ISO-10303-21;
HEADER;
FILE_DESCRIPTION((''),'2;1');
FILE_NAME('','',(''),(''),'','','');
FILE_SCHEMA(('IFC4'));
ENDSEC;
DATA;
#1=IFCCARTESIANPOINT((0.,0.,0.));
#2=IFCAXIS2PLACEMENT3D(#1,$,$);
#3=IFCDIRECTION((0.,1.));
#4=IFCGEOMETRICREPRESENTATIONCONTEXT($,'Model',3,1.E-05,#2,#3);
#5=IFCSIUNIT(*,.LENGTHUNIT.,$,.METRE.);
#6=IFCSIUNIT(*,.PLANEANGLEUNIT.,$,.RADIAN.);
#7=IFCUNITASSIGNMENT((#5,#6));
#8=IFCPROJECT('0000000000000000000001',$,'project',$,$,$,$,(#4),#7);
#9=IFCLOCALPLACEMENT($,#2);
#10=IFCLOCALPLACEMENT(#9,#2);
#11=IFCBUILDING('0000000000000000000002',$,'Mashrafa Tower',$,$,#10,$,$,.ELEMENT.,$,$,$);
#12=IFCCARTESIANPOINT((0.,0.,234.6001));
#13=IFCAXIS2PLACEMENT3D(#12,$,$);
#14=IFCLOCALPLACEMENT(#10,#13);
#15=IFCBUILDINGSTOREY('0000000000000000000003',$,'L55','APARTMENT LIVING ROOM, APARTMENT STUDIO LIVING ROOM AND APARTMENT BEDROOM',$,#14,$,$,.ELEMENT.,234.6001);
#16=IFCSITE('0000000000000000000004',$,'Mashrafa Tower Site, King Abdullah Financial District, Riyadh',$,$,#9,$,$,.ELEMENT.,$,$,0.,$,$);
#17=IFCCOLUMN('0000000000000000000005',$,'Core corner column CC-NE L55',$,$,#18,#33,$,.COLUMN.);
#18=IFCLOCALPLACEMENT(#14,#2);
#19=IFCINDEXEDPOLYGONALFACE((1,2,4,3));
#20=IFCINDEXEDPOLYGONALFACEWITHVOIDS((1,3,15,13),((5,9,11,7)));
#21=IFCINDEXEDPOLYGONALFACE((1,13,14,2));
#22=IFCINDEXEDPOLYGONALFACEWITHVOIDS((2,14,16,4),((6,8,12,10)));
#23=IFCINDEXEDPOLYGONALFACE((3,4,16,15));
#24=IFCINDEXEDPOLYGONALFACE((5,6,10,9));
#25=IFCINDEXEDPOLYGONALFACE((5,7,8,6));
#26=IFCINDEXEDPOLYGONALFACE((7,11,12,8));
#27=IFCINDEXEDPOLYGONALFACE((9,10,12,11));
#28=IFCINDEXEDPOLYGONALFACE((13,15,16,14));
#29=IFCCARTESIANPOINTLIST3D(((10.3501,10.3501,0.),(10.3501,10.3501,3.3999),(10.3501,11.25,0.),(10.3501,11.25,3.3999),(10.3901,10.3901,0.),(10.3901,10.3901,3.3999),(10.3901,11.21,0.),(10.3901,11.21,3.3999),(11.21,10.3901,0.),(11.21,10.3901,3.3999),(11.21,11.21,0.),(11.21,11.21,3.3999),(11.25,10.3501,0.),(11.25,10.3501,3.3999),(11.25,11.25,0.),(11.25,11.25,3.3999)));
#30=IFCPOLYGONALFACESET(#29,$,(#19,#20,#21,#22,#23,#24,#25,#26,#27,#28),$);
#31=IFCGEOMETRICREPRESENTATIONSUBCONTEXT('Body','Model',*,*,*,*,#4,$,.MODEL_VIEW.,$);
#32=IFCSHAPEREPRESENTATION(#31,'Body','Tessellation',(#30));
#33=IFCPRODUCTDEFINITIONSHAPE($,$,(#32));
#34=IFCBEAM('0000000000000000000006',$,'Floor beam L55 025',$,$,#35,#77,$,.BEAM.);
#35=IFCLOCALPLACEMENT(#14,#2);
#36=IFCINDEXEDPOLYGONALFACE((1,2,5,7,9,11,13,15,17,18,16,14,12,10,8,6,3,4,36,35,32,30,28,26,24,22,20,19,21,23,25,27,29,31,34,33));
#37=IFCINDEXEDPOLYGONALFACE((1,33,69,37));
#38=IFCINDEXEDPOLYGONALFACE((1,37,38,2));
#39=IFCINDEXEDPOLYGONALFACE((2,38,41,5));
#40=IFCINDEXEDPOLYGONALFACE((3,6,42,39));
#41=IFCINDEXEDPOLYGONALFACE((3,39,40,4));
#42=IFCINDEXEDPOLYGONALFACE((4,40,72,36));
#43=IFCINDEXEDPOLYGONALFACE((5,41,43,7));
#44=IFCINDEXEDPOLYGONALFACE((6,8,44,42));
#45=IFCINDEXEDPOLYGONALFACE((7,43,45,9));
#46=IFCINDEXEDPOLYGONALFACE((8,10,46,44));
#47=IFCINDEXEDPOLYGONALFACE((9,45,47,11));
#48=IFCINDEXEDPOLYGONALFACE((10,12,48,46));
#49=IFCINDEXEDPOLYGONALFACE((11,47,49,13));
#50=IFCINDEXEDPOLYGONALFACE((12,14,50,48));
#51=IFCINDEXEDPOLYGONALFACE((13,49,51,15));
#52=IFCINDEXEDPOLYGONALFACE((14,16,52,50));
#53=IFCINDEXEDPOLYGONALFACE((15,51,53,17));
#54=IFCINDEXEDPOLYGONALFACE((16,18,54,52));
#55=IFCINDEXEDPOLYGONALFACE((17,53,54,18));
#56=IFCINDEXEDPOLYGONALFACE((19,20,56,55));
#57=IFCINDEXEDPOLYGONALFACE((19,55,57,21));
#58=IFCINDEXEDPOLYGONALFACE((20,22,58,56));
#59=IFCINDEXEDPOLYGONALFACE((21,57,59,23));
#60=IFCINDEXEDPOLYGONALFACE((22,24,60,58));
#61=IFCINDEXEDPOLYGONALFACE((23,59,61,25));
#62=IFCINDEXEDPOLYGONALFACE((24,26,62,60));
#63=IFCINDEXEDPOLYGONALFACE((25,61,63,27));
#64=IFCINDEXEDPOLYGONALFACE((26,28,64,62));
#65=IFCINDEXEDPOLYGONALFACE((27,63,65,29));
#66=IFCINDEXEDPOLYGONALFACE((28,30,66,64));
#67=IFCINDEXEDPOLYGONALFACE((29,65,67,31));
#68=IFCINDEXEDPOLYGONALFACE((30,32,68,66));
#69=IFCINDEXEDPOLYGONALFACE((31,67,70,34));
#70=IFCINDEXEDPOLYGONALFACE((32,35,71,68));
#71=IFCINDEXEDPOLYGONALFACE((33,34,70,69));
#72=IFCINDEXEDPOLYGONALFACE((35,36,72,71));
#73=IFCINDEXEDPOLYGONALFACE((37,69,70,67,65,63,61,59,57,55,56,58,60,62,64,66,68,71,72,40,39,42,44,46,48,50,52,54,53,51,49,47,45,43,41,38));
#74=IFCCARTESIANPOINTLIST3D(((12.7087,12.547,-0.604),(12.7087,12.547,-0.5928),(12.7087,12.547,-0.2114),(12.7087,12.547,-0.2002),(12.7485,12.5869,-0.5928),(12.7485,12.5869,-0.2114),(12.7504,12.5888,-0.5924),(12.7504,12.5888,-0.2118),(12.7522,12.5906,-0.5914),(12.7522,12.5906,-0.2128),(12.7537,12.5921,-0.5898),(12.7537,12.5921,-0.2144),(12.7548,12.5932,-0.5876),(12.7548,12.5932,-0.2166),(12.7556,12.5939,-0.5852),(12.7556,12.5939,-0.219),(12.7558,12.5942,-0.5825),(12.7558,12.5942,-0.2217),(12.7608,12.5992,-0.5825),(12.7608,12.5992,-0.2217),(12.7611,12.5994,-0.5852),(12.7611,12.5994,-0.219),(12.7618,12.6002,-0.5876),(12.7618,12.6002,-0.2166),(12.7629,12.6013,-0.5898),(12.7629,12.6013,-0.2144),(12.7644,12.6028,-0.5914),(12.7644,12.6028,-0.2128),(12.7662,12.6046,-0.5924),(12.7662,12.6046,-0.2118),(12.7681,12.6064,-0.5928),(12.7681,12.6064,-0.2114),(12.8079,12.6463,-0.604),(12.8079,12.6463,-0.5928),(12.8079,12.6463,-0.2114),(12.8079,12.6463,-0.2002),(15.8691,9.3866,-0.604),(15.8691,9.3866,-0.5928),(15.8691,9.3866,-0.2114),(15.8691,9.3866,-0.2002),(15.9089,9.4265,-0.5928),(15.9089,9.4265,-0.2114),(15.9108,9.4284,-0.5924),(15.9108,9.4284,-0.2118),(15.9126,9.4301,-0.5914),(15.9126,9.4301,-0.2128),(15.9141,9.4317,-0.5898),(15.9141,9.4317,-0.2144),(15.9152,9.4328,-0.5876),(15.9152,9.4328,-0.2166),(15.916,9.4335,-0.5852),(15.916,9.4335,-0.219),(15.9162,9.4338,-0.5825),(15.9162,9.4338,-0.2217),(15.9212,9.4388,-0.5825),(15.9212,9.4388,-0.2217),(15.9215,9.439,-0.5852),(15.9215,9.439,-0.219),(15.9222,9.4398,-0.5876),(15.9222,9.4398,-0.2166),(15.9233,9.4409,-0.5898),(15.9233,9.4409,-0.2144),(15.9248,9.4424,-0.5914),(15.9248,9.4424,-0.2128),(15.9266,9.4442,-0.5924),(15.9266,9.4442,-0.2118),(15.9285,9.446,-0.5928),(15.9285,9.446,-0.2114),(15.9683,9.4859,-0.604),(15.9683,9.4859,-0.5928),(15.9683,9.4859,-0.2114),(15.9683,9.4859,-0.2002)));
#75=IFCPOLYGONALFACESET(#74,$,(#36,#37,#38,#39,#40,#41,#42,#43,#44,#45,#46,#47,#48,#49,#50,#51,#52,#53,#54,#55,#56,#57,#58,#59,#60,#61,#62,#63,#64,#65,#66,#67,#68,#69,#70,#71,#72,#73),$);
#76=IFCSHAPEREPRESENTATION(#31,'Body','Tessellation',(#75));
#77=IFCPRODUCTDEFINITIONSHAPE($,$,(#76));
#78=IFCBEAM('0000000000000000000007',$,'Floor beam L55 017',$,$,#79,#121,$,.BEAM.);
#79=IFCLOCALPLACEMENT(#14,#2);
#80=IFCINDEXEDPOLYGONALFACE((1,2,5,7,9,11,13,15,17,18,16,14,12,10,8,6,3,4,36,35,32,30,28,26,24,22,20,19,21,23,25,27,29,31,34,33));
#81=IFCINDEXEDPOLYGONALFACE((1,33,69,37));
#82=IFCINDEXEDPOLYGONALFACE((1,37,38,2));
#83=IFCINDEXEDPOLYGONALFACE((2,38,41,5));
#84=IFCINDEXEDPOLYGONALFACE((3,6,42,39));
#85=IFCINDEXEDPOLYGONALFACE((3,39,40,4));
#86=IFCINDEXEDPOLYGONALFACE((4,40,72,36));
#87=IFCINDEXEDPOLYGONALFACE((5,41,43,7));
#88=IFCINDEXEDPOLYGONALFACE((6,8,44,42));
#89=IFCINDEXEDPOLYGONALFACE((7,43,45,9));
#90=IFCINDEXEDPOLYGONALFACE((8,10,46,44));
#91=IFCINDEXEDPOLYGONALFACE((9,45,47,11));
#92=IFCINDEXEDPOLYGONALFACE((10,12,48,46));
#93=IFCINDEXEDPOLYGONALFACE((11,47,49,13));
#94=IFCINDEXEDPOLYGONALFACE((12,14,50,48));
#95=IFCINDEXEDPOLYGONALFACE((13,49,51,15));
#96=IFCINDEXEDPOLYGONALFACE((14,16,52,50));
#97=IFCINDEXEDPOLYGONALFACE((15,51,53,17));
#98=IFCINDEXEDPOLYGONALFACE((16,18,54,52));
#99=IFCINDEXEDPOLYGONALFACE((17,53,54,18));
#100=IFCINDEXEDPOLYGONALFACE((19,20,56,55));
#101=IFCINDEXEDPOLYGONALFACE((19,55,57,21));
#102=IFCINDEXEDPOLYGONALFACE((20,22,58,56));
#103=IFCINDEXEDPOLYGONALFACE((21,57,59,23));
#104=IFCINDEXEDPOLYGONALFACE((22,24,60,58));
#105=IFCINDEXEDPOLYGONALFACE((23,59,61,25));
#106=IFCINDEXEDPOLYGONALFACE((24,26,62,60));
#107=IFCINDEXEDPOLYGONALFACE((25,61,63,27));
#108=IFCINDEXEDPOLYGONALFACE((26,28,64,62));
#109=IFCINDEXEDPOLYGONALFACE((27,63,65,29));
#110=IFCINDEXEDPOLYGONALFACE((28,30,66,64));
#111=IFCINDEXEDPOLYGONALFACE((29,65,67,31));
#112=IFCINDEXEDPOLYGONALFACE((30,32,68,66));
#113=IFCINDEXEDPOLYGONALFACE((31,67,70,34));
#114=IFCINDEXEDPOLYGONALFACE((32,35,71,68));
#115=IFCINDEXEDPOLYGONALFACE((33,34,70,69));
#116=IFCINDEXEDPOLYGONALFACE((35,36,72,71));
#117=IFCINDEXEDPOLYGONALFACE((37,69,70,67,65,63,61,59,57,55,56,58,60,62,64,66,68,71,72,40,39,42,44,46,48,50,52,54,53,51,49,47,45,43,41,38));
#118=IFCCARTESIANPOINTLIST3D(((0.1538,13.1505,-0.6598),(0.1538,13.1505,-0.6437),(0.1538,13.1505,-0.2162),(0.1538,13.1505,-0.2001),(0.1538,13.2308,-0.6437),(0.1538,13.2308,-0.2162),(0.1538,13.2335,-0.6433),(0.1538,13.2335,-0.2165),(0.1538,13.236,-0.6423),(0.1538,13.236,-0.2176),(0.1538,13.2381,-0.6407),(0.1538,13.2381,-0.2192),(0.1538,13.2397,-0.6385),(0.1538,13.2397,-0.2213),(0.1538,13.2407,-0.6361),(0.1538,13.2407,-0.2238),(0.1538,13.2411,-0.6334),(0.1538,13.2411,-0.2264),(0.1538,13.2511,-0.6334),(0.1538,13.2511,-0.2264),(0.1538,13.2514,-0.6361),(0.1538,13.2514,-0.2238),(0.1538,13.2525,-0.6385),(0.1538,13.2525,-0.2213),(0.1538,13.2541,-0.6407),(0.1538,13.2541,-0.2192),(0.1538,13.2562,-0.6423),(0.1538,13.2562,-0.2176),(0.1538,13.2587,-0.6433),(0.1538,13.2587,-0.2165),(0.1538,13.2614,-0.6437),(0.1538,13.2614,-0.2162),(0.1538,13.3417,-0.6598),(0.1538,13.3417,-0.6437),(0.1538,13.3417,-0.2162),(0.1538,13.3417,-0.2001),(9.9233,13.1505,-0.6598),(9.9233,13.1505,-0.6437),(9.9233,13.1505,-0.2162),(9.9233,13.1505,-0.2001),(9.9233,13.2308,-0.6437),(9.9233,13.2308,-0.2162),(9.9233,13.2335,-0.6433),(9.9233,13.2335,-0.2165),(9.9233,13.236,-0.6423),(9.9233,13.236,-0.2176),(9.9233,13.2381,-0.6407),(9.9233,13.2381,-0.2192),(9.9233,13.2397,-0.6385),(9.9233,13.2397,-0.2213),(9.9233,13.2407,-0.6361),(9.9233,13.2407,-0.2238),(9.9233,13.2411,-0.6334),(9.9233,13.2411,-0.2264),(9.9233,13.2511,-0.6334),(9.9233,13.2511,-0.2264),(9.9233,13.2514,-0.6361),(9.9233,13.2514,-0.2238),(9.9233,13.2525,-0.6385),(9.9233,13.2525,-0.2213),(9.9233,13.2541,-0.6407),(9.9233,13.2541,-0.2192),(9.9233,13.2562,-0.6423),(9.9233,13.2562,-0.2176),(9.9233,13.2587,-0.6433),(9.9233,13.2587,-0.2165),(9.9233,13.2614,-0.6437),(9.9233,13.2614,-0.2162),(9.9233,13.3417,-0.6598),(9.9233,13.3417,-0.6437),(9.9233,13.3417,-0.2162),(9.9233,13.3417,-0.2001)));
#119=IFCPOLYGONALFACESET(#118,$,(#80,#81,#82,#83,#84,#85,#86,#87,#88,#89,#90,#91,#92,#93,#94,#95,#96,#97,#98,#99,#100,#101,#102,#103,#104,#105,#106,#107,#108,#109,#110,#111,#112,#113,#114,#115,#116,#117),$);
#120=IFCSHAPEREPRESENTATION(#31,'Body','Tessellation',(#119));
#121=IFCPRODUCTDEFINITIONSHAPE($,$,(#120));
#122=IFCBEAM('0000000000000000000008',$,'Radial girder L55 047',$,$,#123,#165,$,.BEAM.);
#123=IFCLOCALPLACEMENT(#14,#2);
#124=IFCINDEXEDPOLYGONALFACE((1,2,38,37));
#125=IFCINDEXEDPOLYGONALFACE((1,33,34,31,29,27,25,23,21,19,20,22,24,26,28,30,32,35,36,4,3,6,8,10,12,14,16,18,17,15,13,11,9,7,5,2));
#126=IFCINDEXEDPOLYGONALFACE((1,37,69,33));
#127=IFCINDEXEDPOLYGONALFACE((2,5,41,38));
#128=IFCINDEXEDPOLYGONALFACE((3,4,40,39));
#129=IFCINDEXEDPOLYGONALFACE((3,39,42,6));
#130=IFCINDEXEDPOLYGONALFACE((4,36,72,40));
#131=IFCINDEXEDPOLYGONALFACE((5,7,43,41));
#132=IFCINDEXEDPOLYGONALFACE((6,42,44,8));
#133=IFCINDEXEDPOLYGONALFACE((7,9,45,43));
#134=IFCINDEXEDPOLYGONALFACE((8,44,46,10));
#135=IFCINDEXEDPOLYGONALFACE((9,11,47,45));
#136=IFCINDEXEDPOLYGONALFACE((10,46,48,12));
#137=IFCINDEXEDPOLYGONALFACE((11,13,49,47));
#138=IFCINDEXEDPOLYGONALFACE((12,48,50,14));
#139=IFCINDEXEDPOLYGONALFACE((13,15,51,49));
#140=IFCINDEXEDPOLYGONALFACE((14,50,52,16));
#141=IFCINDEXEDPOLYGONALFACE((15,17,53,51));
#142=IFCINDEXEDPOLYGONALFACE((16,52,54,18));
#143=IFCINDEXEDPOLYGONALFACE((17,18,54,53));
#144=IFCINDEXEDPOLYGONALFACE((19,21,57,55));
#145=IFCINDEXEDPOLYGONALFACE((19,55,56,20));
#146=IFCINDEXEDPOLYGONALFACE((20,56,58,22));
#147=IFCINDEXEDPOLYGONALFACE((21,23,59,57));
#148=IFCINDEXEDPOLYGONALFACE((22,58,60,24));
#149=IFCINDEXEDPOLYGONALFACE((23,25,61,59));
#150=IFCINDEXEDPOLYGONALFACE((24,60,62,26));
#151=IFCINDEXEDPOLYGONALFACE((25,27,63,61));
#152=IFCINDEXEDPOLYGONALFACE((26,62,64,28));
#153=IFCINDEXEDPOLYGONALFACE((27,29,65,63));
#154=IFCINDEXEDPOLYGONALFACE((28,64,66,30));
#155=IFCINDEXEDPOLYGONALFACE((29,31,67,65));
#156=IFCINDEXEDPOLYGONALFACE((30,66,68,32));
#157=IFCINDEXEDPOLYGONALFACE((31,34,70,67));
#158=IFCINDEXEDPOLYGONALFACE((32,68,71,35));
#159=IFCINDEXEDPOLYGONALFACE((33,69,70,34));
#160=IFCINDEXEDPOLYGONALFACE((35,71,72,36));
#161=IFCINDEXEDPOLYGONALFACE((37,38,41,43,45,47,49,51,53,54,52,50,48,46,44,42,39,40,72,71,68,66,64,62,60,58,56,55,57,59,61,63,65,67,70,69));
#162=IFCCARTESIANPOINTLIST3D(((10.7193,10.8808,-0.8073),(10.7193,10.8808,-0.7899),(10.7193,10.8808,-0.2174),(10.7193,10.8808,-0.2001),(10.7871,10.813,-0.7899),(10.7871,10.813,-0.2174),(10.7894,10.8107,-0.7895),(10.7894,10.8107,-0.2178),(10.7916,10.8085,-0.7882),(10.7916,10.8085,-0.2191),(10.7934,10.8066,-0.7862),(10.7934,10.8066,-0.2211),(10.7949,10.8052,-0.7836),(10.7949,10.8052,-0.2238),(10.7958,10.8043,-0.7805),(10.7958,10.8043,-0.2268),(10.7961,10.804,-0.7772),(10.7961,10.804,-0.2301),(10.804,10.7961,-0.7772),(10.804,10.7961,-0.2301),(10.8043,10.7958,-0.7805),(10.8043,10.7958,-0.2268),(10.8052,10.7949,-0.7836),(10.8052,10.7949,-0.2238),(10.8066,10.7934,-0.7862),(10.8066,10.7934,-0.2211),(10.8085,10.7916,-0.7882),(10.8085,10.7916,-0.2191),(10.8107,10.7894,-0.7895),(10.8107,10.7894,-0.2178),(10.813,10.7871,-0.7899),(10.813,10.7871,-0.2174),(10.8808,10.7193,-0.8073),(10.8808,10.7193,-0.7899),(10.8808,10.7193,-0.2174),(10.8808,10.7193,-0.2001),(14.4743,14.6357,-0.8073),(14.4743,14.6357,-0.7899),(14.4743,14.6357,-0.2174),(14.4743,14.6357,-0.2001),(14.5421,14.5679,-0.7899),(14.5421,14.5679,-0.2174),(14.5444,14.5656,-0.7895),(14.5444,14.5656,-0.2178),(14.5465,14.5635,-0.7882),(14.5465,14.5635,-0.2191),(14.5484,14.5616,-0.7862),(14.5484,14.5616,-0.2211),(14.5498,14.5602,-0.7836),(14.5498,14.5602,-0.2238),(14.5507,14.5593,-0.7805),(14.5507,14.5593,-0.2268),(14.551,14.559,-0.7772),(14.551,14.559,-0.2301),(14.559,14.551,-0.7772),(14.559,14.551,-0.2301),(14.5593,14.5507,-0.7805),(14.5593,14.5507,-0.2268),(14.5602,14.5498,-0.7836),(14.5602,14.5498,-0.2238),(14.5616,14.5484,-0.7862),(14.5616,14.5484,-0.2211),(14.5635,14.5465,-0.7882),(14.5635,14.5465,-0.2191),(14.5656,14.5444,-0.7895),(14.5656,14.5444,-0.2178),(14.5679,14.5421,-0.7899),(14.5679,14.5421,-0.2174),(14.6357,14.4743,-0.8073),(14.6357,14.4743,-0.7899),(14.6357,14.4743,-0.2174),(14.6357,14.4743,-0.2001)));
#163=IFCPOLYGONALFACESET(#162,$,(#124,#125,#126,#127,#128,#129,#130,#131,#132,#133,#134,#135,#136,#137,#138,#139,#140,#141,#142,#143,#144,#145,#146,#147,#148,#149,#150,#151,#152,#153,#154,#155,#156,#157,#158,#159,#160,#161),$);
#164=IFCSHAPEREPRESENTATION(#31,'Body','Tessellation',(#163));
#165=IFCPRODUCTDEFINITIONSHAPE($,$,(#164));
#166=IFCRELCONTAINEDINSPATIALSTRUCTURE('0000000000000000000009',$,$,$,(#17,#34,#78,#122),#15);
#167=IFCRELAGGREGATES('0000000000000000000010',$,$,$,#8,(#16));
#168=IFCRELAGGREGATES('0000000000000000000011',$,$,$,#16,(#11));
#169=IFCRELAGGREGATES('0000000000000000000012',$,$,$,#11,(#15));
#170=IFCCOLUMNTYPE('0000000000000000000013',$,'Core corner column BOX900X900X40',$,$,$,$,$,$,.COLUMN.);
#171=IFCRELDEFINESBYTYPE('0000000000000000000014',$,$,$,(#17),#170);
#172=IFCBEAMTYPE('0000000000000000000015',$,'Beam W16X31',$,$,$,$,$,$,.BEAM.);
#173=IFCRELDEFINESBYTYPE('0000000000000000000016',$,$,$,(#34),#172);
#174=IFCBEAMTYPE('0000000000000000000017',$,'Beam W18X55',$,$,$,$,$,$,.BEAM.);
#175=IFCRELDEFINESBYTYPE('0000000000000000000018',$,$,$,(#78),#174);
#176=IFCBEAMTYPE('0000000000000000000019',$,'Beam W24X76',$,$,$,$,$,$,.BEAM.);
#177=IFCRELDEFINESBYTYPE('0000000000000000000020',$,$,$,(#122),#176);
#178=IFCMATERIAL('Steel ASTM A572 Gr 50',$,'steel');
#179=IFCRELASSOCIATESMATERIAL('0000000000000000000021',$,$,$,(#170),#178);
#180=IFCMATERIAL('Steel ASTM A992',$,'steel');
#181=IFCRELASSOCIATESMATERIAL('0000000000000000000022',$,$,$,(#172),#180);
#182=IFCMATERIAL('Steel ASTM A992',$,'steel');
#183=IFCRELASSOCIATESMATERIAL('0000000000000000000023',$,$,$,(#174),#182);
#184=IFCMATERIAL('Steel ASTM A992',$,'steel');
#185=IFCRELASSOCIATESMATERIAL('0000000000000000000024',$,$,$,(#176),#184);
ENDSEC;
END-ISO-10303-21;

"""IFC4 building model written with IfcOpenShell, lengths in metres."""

from ifc_helpers import new_model, si_unit, direction, frame, origin, origin_2d, place, context, subcontext, project, spatial, hollow_rectangle, i_section, extrude, material, material_profile, profile_set, type_object, element, save


model = new_model("IFC4")

# Units and contexts
model_context = context("Model", 3, precision=1e-05, world=origin(), true_north=direction((0.0, 1.0)))
body_context = subcontext(model_context, "Body", "Model", "MODEL_VIEW")
ifc_project = project(units=[si_unit("LENGTHUNIT", "METRE"), si_unit("PLANEANGLEUNIT", "RADIAN")], contexts=[model_context])

# Site, building, storey
site_placement = place(None, origin())
site = spatial("IfcSite", under=ifc_project, at=site_placement, Name="Mashrafa Tower Site, King Abdullah Financial District, Riyadh", CompositionType="ELEMENT", RefElevation=0.0)
building_placement = place(site_placement, origin())
building = spatial("IfcBuilding", under=site, at=building_placement, Name="Mashrafa Tower", CompositionType="ELEMENT")
storey_placement = place(building_placement, frame((0.0, 0.0, 234.6001)))
storey = spatial("IfcBuildingStorey", under=building, at=storey_placement, Name="L55", Description="APARTMENT LIVING ROOM, APARTMENT STUDIO LIVING ROOM AND APARTMENT BEDROOM", CompositionType="ELEMENT", Elevation=234.6001)

# Column
ifc_material_1 = material(Name="Steel ASTM A572 Gr 50", Category="steel")
ifc_material_profile_1 = material_profile(ifc_material_1, hollow_rectangle(XDim=0.8999, YDim=0.8999, WallThickness=0.04, at=origin_2d()), Name="BOX900X900X40")
ifc_profile_set_1 = profile_set([ifc_material_profile_1], Name="Steel ASTM A572 Gr 50")
column_type = type_object("IfcColumnType", Name="Core corner column BOX900X900X40", PredefinedType="COLUMN", material=ifc_profile_set_1)
column_placement = place(storey_placement, frame((10.8, 10.8, 0.0), z_axis=(0.0, 0.0, 1.0), x_axis=(1.0, 0.0, 0.0)))
element("IfcColumn", 1, at=column_placement, inside=storey, type_object=column_type, Name="Core corner column CC-NE L55", PredefinedType="COLUMN", context=body_context, shape_type="SweptSolid", body=[
    extrude(hollow_rectangle(XDim=0.8999, YDim=0.8999, WallThickness=0.04, at=origin_2d()), origin(), (0.0, 0.0, 1.0), 3.3999),
])

# Beams
ifc_material_2 = material(Name="Steel ASTM A992", Category="steel")
ifc_material_profile_2 = material_profile(ifc_material_2, i_section(OverallWidth=0.1404, OverallDepth=0.4038, WebThickness=0.0071, FlangeThickness=0.0112, FilletRadius=0.0103, at=origin_2d()), Name="W16X31")
ifc_profile_set_2 = profile_set([ifc_material_profile_2], Name="Steel ASTM A992")
beam_type_1 = type_object("IfcBeamType", Name="Beam W16X31", PredefinedType="BEAM", material=ifc_profile_set_2)
beam_1_placement = place(storey_placement, frame((12.7583, 12.5967, -0.4021), z_axis=(0.707107, -0.707107, 0.0), x_axis=(0.707107, 0.707107, 0.0)))
element("IfcBeam", 2, at=beam_1_placement, inside=storey, type_object=beam_type_1, Name="Floor beam L55 025", PredefinedType="BEAM", context=body_context, shape_type="SweptSolid", body=[
    extrude(i_section(OverallWidth=0.1404, OverallDepth=0.4038, WebThickness=0.0071, FlangeThickness=0.0112, FilletRadius=0.0103, at=origin_2d()), origin(), (0.0, 0.0, 1.0), 4.4695),
])
ifc_material_3 = material(Name="Steel ASTM A992", Category="steel")
ifc_material_profile_3 = material_profile(ifc_material_3, i_section(OverallWidth=0.1912, OverallDepth=0.4597, WebThickness=0.01, FlangeThickness=0.0161, FilletRadius=0.0103, at=origin_2d()), Name="W18X55")
ifc_profile_set_3 = profile_set([ifc_material_profile_3], Name="Steel ASTM A992")
beam_type_2 = type_object("IfcBeamType", Name="Beam W18X55", PredefinedType="BEAM", material=ifc_profile_set_3)
beam_2_placement = place(storey_placement, frame((0.1538, 13.2461, -0.4299), z_axis=(1.0, 0.0, 0.0), x_axis=(0.0, 1.0, 0.0)))
element("IfcBeam", 3, at=beam_2_placement, inside=storey, type_object=beam_type_2, Name="Floor beam L55 017", PredefinedType="BEAM", context=body_context, shape_type="SweptSolid", body=[
    extrude(i_section(OverallWidth=0.1912, OverallDepth=0.4597, WebThickness=0.01, FlangeThickness=0.0161, FilletRadius=0.0103, at=origin_2d()), origin(), (0.0, 0.0, 1.0), 9.7695),
])
ifc_material_4 = material(Name="Steel ASTM A992", Category="steel")
ifc_material_profile_4 = material_profile(ifc_material_4, i_section(OverallWidth=0.2283, OverallDepth=0.6072, WebThickness=0.0112, FlangeThickness=0.0173, FilletRadius=0.0127, at=origin_2d()), Name="W24X76")
ifc_profile_set_4 = profile_set([ifc_material_profile_4], Name="Steel ASTM A992")
beam_type_3 = type_object("IfcBeamType", Name="Beam W24X76", PredefinedType="BEAM", material=ifc_profile_set_4)
beam_3_placement = place(storey_placement, frame((10.8, 10.8, -0.5037), z_axis=(0.707107, 0.707107, 0.0), x_axis=(-0.707107, 0.707107, 0.0)))
element("IfcBeam", 4, at=beam_3_placement, inside=storey, type_object=beam_type_3, Name="Radial girder L55 047", PredefinedType="BEAM", context=body_context, shape_type="SweptSolid", body=[
    extrude(i_section(OverallWidth=0.2283, OverallDepth=0.6072, WebThickness=0.0112, FlangeThickness=0.0173, FilletRadius=0.0127, at=origin_2d()), origin(), (0.0, 0.0, 1.0), 5.3103),
])

save(model, "model.ifc")
